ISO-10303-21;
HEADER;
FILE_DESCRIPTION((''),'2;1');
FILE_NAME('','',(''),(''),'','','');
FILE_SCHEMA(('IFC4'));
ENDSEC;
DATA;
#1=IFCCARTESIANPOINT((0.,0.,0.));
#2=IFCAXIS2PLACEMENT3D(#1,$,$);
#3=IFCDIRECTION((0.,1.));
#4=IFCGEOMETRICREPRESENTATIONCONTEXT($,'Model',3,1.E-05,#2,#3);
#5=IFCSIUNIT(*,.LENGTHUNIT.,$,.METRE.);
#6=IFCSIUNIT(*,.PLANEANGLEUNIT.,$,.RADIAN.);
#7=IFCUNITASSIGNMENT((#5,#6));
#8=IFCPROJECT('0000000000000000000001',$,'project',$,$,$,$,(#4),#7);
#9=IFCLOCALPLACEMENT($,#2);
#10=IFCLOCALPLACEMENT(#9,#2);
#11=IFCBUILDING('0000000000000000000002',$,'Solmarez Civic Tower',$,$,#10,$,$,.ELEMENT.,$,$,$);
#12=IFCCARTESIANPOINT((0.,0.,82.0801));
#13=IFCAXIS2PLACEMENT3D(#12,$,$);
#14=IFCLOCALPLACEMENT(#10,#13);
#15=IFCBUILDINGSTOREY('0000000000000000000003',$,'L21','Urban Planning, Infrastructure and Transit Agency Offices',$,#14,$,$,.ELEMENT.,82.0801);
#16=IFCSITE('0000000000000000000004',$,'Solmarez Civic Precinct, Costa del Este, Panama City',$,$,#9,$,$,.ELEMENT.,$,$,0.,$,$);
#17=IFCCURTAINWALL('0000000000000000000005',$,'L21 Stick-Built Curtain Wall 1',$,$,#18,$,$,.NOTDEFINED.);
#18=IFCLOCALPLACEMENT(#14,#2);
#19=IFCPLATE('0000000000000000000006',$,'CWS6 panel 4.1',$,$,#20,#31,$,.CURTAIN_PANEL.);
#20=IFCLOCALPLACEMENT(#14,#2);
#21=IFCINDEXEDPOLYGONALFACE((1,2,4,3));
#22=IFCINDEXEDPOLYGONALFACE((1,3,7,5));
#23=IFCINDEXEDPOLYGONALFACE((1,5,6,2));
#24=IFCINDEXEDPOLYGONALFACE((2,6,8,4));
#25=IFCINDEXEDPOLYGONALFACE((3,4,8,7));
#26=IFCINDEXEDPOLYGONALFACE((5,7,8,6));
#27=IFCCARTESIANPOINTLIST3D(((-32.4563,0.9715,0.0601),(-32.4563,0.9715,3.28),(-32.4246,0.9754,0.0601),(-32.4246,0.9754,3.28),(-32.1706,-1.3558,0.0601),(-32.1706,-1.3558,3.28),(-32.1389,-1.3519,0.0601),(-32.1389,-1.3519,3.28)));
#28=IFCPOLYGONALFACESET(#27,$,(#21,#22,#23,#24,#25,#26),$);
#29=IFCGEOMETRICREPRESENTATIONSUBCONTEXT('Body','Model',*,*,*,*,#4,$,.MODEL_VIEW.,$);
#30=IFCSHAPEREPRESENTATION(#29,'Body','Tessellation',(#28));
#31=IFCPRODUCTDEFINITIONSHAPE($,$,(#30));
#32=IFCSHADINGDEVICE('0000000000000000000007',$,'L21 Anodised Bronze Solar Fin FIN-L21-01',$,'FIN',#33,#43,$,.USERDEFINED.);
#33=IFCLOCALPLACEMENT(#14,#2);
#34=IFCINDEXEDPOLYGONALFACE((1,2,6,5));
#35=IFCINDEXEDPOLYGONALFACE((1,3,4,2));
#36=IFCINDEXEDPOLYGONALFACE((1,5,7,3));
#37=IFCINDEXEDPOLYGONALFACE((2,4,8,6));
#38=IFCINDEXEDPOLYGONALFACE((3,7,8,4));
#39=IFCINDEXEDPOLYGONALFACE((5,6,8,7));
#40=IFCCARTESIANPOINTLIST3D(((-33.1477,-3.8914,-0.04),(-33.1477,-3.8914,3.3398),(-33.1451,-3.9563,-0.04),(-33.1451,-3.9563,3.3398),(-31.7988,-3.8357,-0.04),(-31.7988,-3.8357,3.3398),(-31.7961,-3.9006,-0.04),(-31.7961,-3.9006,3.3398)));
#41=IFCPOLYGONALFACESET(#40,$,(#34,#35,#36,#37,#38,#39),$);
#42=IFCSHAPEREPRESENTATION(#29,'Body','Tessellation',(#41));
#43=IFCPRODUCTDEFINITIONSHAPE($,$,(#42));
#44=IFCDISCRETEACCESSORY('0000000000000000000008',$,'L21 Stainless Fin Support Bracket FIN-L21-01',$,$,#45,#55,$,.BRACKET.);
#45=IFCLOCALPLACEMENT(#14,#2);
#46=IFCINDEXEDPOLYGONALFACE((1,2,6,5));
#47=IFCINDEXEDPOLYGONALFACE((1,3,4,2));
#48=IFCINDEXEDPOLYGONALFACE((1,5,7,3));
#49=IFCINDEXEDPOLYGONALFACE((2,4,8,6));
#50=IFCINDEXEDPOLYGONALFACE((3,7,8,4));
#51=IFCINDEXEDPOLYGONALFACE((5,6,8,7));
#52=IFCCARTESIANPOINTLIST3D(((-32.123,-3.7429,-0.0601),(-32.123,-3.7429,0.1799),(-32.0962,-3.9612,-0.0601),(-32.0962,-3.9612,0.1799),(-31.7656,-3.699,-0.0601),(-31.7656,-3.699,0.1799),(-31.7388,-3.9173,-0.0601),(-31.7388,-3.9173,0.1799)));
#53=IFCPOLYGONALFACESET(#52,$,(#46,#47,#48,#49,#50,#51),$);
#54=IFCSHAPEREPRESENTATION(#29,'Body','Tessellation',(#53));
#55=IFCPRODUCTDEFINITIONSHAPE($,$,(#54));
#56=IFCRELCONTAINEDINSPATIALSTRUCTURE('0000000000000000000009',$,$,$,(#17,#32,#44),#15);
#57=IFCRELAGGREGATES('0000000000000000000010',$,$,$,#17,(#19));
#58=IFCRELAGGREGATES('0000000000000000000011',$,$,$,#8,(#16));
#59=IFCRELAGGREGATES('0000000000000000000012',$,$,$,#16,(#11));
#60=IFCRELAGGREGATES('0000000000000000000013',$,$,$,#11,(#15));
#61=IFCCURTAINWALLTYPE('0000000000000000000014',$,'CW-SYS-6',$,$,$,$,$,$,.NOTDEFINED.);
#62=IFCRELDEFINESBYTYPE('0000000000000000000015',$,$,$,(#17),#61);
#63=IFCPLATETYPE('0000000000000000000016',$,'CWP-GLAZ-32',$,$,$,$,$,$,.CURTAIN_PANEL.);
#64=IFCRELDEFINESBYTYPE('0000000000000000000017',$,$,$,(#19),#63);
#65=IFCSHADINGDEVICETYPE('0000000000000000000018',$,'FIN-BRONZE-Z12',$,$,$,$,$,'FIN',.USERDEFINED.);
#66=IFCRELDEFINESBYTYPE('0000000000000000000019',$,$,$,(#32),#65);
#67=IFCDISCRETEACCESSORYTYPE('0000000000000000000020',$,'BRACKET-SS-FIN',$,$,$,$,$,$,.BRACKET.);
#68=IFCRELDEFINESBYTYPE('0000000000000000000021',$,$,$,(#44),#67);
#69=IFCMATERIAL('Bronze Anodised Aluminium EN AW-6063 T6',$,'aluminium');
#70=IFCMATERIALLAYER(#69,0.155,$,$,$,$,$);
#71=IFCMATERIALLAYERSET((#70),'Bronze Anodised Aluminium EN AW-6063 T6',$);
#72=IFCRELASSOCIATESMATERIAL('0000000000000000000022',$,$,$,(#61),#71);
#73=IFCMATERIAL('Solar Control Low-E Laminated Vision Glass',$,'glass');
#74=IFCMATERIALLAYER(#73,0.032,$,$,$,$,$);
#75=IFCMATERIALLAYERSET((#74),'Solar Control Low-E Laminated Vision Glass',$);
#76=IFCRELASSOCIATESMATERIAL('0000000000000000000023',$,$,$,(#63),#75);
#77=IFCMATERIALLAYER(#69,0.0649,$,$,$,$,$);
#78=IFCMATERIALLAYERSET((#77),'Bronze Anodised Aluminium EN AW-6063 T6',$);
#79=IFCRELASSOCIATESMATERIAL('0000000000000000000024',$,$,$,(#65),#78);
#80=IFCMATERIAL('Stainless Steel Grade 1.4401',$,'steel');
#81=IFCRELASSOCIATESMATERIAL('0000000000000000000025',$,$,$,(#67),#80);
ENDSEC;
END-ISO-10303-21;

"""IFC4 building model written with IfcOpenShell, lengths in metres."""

from ifc_helpers import new_model, si_unit, direction, frame, origin, origin_2d, place, context, subcontext, project, spatial, rectangle, extrude, material, layer, layer_set, type_object, element, aggregate, save


model = new_model("IFC4")

# Units and contexts
model_context = context("Model", 3, precision=1e-05, world=origin(), true_north=direction((0.0, 1.0)))
body_context = subcontext(model_context, "Body", "Model", "MODEL_VIEW")
ifc_project = project(units=[si_unit("LENGTHUNIT", "METRE"), si_unit("PLANEANGLEUNIT", "RADIAN")], contexts=[model_context])

# Site, building, storey
site_placement = place(None, origin())
site = spatial("IfcSite", under=ifc_project, at=site_placement, Name="Solmarez Civic Precinct, Costa del Este, Panama City", CompositionType="ELEMENT", RefElevation=0.0)
building_placement = place(site_placement, origin())
building = spatial("IfcBuilding", under=site, at=building_placement, Name="Solmarez Civic Tower", CompositionType="ELEMENT")
storey_placement = place(building_placement, frame((0.0, 0.0, 82.0801)))
storey = spatial("IfcBuildingStorey", under=building, at=storey_placement, Name="L21", Description="Urban Planning, Infrastructure and Transit Agency Offices", CompositionType="ELEMENT", Elevation=82.0801)

# Curtain wall, plate
ifc_material_1 = material(Name="Bronze Anodised Aluminium EN AW-6063 T6", Category="aluminium")
ifc_layer_1 = layer(ifc_material_1, 0.155)
ifc_layer_set_1 = layer_set([ifc_layer_1], Name="Bronze Anodised Aluminium EN AW-6063 T6")
curtain_wall_type = type_object("IfcCurtainWallType", Name="CW-SYS-6", PredefinedType="NOTDEFINED", material=ifc_layer_set_1)
curtain_wall_placement = place(storey_placement, origin())
curtain_wall = element("IfcCurtainWall", 1, at=curtain_wall_placement, inside=storey, type_object=curtain_wall_type, Name="L21 Stick-Built Curtain Wall 1", PredefinedType="NOTDEFINED")
ifc_material_2 = material(Name="Solar Control Low-E Laminated Vision Glass", Category="glass")
ifc_layer_2 = layer(ifc_material_2, 0.032)
ifc_layer_set_2 = layer_set([ifc_layer_2], Name="Solar Control Low-E Laminated Vision Glass")
plate_type = type_object("IfcPlateType", Name="CWP-GLAZ-32", PredefinedType="CURTAIN_PANEL", material=ifc_layer_set_2)
plate_1_placement = place(storey_placement, frame((-32.2976, -0.1902, 0.0601), z_axis=(0.0, 0.0, 1.0), x_axis=(-0.121849, 0.992549, 0.0)))
plate_1 = element("IfcPlate", 2, at=plate_1_placement, type_object=plate_type, Name="CWS6 panel 4.1", PredefinedType="CURTAIN_PANEL", context=body_context, shape_type="SweptSolid", body=[
    extrude(rectangle(XDim=2.3447, YDim=0.032, at=origin_2d()), origin(), (0.0, 0.0, 1.0), 3.22),
])
aggregate(curtain_wall, [plate_1])

# Shading device
ifc_layer_3 = layer(ifc_material_1, 0.0649)
ifc_layer_set_3 = layer_set([ifc_layer_3], Name="Bronze Anodised Aluminium EN AW-6063 T6")
shading_device_type = type_object("IfcShadingDeviceType", Name="FIN-BRONZE-Z12", ElementType="FIN", PredefinedType="USERDEFINED", material=ifc_layer_set_3)
shading_device_placement = place(storey_placement, frame((-32.4719, -3.896, -0.04), z_axis=(0.0, 0.0, 1.0), x_axis=(-0.99915, -0.041213, 0.0)))
element("IfcShadingDevice", 3, at=shading_device_placement, inside=storey, type_object=shading_device_type, Name="L21 Anodised Bronze Solar Fin FIN-L21-01", ObjectType="FIN", PredefinedType="USERDEFINED", context=body_context, shape_type="SweptSolid", body=[
    extrude(rectangle(XDim=1.3501, YDim=0.0649, at=origin_2d()), origin(), (0.0, 0.0, 1.0), 3.3799),
])

# Discrete accessory
ifc_material_3 = material(Name="Stainless Steel Grade 1.4401", Category="steel")
discrete_accessory_type = type_object("IfcDiscreteAccessoryType", Name="BRACKET-SS-FIN", PredefinedType="BRACKET", material=ifc_material_3)
discrete_accessory_placement = place(storey_placement, frame((-31.9309, -3.8301, -0.0601), z_axis=(0.0, 0.0, 1.0), x_axis=(-0.992547, -0.121863, 0.0)))
element("IfcDiscreteAccessory", 4, at=discrete_accessory_placement, inside=storey, type_object=discrete_accessory_type, Name="L21 Stainless Fin Support Bracket FIN-L21-01", PredefinedType="BRACKET", context=body_context, shape_type="SweptSolid", body=[
    extrude(rectangle(XDim=0.3601, YDim=0.22, at=origin_2d()), origin(), (0.0, 0.0, 1.0), 0.24),
])

save(model, "model.ifc")
